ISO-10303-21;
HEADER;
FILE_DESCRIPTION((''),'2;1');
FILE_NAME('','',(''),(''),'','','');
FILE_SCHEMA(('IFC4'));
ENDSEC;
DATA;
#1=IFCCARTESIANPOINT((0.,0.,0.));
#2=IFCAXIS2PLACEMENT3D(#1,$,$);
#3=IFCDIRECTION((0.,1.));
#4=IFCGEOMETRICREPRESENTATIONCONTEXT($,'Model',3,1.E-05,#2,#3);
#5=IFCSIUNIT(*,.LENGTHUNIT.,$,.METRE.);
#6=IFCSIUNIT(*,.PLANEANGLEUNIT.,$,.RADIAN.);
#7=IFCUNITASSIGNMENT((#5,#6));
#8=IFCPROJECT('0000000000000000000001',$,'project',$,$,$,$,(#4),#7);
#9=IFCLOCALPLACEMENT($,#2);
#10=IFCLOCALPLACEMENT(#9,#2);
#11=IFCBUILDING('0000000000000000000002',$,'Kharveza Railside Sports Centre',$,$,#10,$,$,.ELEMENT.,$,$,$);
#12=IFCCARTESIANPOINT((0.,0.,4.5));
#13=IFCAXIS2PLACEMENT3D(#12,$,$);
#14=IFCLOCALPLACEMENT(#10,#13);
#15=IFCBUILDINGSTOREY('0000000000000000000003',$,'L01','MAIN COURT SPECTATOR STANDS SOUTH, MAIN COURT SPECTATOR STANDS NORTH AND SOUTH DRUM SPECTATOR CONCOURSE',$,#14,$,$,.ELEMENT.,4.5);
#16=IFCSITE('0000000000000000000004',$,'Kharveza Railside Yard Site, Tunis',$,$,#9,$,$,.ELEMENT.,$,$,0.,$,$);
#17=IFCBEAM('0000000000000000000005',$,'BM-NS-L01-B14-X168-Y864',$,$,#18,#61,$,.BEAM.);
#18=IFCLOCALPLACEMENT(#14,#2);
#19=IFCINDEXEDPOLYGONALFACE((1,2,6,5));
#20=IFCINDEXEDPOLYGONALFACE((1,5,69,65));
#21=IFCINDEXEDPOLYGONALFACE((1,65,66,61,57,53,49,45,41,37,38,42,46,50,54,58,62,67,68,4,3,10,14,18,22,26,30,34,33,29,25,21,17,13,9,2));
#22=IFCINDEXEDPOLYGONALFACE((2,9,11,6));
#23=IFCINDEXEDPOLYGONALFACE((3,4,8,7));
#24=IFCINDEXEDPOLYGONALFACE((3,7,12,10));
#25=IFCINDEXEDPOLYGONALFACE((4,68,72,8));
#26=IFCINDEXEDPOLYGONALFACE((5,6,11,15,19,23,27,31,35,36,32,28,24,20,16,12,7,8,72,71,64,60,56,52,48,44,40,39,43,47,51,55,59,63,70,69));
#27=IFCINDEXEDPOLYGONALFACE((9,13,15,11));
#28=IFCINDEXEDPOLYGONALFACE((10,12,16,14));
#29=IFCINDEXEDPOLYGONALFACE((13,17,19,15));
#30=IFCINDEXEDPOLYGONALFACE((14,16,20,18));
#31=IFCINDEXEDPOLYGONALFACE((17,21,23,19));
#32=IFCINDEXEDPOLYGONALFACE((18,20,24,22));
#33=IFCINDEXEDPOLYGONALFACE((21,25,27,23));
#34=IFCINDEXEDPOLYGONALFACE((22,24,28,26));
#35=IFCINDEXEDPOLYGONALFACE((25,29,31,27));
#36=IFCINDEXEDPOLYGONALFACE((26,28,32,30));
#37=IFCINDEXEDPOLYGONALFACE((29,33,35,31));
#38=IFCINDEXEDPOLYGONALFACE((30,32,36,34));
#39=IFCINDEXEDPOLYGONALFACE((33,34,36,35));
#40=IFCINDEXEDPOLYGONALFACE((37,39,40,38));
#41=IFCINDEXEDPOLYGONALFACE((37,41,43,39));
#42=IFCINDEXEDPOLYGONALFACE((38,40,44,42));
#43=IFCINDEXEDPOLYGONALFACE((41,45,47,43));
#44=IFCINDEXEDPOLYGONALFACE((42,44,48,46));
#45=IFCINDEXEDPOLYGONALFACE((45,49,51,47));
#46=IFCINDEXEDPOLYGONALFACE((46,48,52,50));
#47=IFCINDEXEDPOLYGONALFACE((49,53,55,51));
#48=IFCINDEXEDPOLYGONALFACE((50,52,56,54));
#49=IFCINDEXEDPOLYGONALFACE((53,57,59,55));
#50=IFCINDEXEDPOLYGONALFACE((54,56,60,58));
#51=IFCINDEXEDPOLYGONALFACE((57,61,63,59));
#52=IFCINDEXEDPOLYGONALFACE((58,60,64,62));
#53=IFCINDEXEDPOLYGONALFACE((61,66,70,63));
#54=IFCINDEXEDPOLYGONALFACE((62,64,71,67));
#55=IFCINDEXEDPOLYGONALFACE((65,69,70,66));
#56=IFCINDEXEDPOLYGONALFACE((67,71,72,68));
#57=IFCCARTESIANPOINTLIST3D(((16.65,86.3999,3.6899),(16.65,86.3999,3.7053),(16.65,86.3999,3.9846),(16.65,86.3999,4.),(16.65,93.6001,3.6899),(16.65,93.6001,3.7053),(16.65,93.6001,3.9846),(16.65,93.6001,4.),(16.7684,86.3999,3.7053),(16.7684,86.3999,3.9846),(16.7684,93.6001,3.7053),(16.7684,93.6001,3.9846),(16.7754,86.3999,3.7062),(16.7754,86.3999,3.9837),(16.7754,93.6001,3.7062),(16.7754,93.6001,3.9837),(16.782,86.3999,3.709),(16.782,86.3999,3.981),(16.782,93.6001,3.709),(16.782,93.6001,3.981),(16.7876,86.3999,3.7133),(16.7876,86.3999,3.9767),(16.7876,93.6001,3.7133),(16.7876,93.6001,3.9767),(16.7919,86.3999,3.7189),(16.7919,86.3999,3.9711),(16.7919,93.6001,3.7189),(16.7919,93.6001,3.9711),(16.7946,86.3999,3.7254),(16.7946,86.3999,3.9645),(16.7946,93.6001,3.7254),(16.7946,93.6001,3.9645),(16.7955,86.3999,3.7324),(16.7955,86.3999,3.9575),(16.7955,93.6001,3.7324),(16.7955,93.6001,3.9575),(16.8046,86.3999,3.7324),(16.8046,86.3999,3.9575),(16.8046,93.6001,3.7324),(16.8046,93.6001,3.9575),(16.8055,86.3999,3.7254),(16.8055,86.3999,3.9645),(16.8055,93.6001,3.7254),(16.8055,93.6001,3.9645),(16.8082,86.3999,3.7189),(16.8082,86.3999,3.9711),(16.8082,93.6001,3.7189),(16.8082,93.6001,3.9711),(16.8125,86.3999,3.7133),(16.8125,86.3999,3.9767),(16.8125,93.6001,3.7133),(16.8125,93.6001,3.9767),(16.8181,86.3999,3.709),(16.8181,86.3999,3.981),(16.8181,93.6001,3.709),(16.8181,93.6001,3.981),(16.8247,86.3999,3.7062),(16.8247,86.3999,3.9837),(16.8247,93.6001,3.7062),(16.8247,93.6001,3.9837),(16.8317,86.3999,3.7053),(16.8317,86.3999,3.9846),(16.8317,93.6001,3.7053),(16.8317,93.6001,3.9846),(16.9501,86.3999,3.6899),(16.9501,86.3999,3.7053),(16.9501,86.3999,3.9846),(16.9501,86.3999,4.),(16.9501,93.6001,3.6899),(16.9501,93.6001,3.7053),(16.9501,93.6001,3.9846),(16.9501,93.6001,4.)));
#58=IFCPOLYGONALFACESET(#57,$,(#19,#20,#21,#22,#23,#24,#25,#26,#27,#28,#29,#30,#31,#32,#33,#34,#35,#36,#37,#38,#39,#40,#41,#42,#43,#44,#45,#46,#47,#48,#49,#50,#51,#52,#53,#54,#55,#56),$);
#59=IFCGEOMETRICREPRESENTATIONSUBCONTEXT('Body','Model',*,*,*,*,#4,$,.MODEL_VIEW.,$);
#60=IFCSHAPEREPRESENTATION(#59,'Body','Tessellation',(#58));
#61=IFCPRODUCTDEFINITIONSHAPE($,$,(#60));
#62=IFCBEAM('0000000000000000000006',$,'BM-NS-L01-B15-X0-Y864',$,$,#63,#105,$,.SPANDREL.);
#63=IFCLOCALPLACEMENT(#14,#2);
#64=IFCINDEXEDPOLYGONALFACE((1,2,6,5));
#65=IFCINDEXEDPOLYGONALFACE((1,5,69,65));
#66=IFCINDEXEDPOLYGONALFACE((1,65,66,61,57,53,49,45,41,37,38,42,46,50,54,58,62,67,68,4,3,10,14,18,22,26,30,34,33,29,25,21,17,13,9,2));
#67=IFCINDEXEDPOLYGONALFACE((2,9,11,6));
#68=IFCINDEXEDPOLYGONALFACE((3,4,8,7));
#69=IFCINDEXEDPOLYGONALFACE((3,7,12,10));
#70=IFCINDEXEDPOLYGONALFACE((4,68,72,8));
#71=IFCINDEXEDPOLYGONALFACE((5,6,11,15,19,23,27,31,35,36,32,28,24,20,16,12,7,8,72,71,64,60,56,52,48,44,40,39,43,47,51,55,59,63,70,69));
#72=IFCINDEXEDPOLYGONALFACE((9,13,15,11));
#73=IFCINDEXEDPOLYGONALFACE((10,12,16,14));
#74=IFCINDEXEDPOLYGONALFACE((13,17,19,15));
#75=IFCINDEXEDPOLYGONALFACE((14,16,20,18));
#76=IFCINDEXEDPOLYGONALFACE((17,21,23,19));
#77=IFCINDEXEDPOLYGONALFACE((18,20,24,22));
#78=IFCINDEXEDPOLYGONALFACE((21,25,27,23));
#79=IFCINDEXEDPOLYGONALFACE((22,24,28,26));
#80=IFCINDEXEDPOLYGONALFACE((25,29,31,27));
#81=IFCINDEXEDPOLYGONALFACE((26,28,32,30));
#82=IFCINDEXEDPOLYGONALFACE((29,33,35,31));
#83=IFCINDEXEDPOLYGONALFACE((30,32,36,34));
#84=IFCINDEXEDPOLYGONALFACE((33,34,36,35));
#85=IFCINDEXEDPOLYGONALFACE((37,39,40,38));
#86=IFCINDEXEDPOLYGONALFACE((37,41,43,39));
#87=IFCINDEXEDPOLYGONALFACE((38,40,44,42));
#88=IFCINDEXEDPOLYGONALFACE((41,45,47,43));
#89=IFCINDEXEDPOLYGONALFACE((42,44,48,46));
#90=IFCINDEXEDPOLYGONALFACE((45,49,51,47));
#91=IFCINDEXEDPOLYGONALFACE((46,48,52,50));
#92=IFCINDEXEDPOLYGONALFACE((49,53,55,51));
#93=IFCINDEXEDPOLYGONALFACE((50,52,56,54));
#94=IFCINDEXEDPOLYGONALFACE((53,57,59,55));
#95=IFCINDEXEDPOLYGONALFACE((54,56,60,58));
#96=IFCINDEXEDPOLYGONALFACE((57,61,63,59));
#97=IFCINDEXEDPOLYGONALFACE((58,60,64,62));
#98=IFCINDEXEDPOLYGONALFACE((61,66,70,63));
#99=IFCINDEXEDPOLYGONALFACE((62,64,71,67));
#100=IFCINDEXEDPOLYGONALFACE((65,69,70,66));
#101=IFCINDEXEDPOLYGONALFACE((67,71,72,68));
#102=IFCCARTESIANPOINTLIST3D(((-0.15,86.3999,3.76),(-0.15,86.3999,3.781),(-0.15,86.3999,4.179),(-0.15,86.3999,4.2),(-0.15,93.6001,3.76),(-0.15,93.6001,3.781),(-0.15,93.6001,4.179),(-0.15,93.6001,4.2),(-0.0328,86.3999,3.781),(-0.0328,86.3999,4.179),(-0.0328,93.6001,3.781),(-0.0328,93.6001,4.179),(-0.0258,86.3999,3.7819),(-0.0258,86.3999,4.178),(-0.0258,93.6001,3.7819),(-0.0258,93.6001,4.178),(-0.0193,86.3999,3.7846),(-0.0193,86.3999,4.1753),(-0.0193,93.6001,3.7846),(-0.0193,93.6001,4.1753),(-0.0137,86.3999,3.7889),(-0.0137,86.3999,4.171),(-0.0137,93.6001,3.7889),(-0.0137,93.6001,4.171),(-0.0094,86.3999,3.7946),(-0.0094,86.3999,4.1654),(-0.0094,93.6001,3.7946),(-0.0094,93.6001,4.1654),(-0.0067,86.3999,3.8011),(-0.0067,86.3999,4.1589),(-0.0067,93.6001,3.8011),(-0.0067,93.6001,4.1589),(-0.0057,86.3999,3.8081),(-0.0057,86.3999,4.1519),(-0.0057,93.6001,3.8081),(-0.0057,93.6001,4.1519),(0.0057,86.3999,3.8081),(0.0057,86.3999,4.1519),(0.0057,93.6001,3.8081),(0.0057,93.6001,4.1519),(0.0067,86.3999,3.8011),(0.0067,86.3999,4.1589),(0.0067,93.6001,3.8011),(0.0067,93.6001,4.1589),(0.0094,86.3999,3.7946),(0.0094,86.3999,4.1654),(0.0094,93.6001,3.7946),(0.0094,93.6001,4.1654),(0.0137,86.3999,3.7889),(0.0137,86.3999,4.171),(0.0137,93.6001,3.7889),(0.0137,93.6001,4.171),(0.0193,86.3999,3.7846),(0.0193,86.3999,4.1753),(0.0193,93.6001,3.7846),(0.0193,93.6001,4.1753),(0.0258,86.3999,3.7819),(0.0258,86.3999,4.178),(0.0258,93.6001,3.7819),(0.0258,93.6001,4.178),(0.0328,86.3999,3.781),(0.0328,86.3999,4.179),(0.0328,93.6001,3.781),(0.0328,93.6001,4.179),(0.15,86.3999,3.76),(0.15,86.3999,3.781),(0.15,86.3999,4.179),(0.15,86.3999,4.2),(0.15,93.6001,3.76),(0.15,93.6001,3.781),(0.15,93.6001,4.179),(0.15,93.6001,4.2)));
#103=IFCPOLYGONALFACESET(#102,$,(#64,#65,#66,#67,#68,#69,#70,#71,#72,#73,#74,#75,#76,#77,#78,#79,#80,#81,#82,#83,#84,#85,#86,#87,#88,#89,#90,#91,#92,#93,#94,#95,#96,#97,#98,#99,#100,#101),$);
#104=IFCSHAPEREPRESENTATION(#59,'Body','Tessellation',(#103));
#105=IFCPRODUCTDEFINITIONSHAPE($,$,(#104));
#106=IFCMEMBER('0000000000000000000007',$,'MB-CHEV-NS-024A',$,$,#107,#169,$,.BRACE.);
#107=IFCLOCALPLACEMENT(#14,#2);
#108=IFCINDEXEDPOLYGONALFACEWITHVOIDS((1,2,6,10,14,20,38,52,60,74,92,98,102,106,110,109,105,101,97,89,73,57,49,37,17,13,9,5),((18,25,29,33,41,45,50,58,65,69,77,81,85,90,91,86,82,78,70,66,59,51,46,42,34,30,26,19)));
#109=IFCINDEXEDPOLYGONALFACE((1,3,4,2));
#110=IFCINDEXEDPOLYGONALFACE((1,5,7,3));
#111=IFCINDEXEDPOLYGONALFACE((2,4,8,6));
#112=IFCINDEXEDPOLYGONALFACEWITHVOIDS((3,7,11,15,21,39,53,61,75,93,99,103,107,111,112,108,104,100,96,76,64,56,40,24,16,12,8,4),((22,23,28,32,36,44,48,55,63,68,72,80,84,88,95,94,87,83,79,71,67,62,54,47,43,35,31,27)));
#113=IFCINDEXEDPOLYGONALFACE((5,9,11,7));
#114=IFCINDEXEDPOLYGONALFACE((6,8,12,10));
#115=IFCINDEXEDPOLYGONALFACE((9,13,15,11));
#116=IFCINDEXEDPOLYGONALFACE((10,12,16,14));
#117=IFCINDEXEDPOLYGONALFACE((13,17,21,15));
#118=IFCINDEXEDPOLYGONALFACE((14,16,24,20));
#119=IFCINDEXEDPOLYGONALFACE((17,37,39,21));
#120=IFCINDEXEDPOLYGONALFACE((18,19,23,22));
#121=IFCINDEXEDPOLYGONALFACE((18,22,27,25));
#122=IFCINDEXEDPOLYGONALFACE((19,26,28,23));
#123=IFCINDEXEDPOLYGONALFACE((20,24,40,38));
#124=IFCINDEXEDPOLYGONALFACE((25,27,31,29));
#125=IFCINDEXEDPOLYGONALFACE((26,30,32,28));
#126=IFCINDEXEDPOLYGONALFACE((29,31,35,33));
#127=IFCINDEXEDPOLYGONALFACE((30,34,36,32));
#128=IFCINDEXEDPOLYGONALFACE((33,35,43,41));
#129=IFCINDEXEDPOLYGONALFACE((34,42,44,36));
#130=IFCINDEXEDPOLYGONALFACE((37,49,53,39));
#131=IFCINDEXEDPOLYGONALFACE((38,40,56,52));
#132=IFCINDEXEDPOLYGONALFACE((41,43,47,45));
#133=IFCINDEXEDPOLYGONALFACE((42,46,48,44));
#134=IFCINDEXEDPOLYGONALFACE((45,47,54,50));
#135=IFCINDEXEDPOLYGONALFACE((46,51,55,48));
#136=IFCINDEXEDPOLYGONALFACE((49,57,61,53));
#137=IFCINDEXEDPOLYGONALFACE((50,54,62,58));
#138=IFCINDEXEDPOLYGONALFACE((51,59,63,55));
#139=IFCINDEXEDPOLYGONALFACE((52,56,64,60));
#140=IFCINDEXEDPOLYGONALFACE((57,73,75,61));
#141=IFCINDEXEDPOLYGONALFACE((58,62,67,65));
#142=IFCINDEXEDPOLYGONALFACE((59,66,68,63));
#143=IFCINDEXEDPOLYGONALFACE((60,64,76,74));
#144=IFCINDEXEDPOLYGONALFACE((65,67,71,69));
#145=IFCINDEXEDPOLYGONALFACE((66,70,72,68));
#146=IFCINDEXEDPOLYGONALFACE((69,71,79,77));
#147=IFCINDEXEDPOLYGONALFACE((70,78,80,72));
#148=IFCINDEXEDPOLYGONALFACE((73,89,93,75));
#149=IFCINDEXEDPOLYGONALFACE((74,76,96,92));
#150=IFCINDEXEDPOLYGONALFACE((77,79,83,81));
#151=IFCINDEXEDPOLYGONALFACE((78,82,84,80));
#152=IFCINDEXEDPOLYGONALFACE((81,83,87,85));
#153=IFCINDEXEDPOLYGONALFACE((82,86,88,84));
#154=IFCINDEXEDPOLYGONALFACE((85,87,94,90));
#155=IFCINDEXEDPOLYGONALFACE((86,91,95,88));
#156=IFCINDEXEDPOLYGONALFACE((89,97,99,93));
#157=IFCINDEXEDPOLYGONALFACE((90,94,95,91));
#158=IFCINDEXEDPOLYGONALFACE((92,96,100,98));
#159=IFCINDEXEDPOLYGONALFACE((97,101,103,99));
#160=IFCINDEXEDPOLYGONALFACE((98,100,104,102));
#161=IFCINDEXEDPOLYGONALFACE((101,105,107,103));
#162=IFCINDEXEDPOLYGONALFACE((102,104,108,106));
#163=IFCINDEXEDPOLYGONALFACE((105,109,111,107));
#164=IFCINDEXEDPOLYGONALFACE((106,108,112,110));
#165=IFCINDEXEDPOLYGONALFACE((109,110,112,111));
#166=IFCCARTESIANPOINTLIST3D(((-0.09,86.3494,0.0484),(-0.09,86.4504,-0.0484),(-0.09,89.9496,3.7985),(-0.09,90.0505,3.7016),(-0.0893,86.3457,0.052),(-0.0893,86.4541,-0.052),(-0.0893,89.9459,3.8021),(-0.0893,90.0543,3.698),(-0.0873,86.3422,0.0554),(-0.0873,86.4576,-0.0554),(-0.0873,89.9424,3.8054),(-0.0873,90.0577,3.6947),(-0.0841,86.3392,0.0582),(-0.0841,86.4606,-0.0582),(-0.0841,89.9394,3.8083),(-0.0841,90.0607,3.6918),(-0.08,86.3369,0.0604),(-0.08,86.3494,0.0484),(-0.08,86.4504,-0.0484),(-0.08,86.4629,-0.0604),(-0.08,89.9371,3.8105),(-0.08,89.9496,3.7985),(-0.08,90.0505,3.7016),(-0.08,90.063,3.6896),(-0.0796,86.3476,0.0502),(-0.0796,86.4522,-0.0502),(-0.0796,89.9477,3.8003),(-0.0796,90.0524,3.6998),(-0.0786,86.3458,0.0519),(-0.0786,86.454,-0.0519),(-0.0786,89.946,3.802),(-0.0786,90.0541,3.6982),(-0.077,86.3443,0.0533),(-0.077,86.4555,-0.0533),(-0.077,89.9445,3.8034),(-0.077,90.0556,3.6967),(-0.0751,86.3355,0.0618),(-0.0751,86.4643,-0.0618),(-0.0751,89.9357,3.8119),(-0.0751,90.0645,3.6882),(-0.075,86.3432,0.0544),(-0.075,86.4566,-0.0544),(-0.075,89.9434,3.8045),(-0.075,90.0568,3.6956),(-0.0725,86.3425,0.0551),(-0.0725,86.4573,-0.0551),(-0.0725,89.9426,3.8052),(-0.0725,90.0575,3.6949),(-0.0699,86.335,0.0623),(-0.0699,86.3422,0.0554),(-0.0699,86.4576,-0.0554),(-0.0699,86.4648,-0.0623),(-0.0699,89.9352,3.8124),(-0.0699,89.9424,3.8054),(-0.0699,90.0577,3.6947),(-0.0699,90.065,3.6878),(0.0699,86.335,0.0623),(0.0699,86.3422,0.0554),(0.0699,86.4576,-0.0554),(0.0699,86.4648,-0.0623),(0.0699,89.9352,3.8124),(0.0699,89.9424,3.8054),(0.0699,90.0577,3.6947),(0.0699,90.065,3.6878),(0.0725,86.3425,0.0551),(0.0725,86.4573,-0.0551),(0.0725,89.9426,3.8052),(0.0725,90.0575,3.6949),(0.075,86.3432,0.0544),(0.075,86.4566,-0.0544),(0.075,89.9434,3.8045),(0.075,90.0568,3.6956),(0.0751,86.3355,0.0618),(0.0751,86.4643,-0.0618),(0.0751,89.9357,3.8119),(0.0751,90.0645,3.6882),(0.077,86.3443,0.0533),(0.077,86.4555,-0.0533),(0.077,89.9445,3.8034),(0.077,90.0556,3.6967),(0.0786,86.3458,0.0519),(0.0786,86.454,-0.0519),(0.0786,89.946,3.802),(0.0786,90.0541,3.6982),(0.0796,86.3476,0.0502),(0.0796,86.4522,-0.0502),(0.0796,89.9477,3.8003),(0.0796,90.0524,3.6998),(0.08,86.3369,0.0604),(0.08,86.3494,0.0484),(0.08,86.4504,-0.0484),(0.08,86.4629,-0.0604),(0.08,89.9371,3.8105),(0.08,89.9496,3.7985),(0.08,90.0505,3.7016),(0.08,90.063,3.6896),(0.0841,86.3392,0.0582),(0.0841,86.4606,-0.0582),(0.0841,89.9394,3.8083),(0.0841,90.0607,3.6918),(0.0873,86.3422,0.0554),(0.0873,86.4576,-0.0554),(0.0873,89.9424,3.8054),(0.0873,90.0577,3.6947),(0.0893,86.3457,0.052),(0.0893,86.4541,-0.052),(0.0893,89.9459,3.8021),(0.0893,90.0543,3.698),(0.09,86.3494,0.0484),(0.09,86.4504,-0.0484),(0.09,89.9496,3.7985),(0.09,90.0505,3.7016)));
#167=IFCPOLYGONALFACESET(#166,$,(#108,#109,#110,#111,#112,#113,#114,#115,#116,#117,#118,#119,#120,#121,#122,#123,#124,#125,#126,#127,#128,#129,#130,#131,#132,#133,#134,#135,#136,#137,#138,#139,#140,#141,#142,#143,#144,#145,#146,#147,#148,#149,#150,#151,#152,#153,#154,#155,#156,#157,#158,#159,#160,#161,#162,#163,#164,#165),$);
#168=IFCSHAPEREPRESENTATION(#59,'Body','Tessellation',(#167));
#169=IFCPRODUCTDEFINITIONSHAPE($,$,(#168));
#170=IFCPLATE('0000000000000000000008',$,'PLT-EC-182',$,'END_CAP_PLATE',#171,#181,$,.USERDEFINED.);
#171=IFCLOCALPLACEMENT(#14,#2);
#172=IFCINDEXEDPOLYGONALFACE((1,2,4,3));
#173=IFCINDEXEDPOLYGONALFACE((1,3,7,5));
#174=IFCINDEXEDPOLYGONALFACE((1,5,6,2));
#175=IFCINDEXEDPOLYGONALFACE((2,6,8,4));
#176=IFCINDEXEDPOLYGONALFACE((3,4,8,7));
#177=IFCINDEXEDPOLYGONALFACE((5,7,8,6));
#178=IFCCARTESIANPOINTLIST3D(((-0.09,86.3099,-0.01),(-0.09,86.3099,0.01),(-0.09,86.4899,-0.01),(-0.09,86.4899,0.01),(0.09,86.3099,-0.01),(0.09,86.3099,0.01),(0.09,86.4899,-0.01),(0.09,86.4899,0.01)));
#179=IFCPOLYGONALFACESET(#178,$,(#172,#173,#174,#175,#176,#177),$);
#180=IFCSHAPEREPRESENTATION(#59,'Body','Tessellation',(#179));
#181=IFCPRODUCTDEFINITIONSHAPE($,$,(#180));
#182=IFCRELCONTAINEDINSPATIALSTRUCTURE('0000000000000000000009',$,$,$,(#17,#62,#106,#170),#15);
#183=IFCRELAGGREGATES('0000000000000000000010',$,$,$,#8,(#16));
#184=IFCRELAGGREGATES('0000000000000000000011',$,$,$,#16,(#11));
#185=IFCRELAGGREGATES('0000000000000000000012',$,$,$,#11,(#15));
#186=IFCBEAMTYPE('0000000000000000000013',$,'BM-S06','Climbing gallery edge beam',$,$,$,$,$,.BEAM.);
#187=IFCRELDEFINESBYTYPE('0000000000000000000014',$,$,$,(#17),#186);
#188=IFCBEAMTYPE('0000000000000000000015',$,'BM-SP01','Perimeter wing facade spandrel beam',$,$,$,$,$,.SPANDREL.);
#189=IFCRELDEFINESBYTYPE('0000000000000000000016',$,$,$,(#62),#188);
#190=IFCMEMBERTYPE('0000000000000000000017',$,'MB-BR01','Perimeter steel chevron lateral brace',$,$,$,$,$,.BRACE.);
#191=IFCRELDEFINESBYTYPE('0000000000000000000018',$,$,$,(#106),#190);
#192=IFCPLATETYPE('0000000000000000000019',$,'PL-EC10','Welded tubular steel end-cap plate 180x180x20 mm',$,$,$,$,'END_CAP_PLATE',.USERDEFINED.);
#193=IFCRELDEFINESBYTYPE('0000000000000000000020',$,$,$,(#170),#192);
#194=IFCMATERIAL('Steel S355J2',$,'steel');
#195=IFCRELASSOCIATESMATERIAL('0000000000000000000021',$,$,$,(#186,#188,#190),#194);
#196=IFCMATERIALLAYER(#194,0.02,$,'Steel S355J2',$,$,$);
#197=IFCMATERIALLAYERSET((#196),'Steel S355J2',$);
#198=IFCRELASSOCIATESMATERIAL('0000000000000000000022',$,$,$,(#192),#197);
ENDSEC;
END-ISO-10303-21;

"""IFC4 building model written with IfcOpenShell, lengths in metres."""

from ifc_helpers import new_model, si_unit, direction, frame, origin, origin_2d, place, context, subcontext, project, spatial, rectangle, hollow_rectangle, i_section, extrude, material, layer, layer_set, material_profile, profile_set, type_object, element, save


model = new_model("IFC4")

# Units and contexts
model_context = context("Model", 3, precision=1e-05, world=origin(), true_north=direction((0.0, 1.0)))
body_context = subcontext(model_context, "Body", "Model", "MODEL_VIEW")
ifc_project = project(units=[si_unit("LENGTHUNIT", "METRE"), si_unit("PLANEANGLEUNIT", "RADIAN")], contexts=[model_context])

# Site, building, storey
site_placement = place(None, origin())
site = spatial("IfcSite", under=ifc_project, at=site_placement, Name="Kharveza Railside Yard Site, Tunis", CompositionType="ELEMENT", RefElevation=0.0)
building_placement = place(site_placement, origin())
building = spatial("IfcBuilding", under=site, at=building_placement, Name="Kharveza Railside Sports Centre", CompositionType="ELEMENT")
storey_placement = place(building_placement, frame((0.0, 0.0, 4.5)))
storey = spatial("IfcBuildingStorey", under=building, at=storey_placement, Name="L01", Description="MAIN COURT SPECTATOR STANDS SOUTH, MAIN COURT SPECTATOR STANDS NORTH AND SOUTH DRUM SPECTATOR CONCOURSE", CompositionType="ELEMENT", Elevation=4.5)

# Shared definitions
ifc_material_1 = material(Name="Steel S355J2", Category="steel")

# Beams
ifc_material_profile_1 = material_profile(ifc_material_1, i_section(OverallWidth=0.3, OverallDepth=0.3101, WebThickness=0.009, FlangeThickness=0.0154, FilletRadius=0.0271, at=origin_2d()), Name="HEA 320")
ifc_profile_set_1 = profile_set([ifc_material_profile_1], Name="Steel S355J2")
beam_type_1 = type_object("IfcBeamType", Name="BM-S06", Description="Climbing gallery edge beam", PredefinedType="BEAM", material=ifc_profile_set_1)
beam_1_placement = place(storey_placement, frame((16.8, 86.3999, 3.845), z_axis=(0.0, 1.0, 0.0), x_axis=(-1.0, 0.0, 0.0)))
element("IfcBeam", 1, at=beam_1_placement, inside=storey, type_object=beam_type_1, Name="BM-NS-L01-B14-X168-Y864", PredefinedType="BEAM", context=body_context, shape_type="SweptSolid", body=[
    extrude(i_section(OverallWidth=0.3, OverallDepth=0.3101, WebThickness=0.009, FlangeThickness=0.0154, FilletRadius=0.0271, at=origin_2d()), origin(), (0.0, 0.0, 1.0), 7.2002),
])
ifc_material_profile_2 = material_profile(ifc_material_1, i_section(OverallWidth=0.3, OverallDepth=0.4399, WebThickness=0.0115, FlangeThickness=0.021, FilletRadius=0.0271, at=origin_2d()), Name="HEA 450")
ifc_profile_set_2 = profile_set([ifc_material_profile_2], Name="Steel S355J2")
beam_type_2 = type_object("IfcBeamType", Name="BM-SP01", Description="Perimeter wing facade spandrel beam", PredefinedType="SPANDREL", material=ifc_profile_set_2)
beam_2_placement = place(storey_placement, frame((0.0, 86.3999, 3.98), z_axis=(0.0, 1.0, 0.0), x_axis=(-1.0, 0.0, 0.0)))
element("IfcBeam", 2, at=beam_2_placement, inside=storey, type_object=beam_type_2, Name="BM-NS-L01-B15-X0-Y864", PredefinedType="SPANDREL", context=body_context, shape_type="SweptSolid", body=[
    extrude(i_section(OverallWidth=0.3, OverallDepth=0.4399, WebThickness=0.0115, FlangeThickness=0.021, FilletRadius=0.0271, at=origin_2d()), origin(), (0.0, 0.0, 1.0), 7.2002),
])

# Member
ifc_material_profile_3 = material_profile(ifc_material_1, hollow_rectangle(XDim=0.1799, YDim=0.1799, WallThickness=0.01, InnerFilletRadius=0.01, OuterFilletRadius=0.02, at=origin_2d()), Name="SHS 180x180x10.0")
ifc_profile_set_3 = profile_set([ifc_material_profile_3], Name="Steel S355J2")
member_type = type_object("IfcMemberType", Name="MB-BR01", Description="Perimeter steel chevron lateral brace", PredefinedType="BRACE", material=ifc_profile_set_3)
member_placement = place(storey_placement, frame((0.0, 86.3999, 0.0), z_axis=(0.0, 0.692542, 0.721378), x_axis=(-1.0, 0.0, 0.0)))
element("IfcMember", 3, at=member_placement, inside=storey, type_object=member_type, Name="MB-CHEV-NS-024A", PredefinedType="BRACE", context=body_context, shape_type="SweptSolid", body=[
    extrude(hollow_rectangle(XDim=0.1799, YDim=0.1799, WallThickness=0.01, InnerFilletRadius=0.01, OuterFilletRadius=0.02, at=origin_2d()), origin(), (0.0, 0.0, 1.0), 5.1985),
])

# Plate
ifc_layer_1 = layer(ifc_material_1, 0.02, Name="Steel S355J2")
ifc_layer_set_1 = layer_set([ifc_layer_1], Name="Steel S355J2")
plate_type = type_object("IfcPlateType", Name="PL-EC10", Description="Welded tubular steel end-cap plate 180x180x20 mm", ElementType="END_CAP_PLATE", PredefinedType="USERDEFINED", material=ifc_layer_set_1)
plate_placement = place(storey_placement, frame((0.0, 86.3999, -0.01), z_axis=(0.0, 0.0, 1.0), x_axis=(1.0, 0.0, 0.0)))
element("IfcPlate", 4, at=plate_placement, inside=storey, type_object=plate_type, Name="PLT-EC-182", ObjectType="END_CAP_PLATE", PredefinedType="USERDEFINED", context=body_context, shape_type="SweptSolid", body=[
    extrude(rectangle(XDim=0.1799, YDim=0.1799, at=origin_2d()), origin(), (0.0, 0.0, 1.0), 0.02),
])

save(model, "model.ifc")
